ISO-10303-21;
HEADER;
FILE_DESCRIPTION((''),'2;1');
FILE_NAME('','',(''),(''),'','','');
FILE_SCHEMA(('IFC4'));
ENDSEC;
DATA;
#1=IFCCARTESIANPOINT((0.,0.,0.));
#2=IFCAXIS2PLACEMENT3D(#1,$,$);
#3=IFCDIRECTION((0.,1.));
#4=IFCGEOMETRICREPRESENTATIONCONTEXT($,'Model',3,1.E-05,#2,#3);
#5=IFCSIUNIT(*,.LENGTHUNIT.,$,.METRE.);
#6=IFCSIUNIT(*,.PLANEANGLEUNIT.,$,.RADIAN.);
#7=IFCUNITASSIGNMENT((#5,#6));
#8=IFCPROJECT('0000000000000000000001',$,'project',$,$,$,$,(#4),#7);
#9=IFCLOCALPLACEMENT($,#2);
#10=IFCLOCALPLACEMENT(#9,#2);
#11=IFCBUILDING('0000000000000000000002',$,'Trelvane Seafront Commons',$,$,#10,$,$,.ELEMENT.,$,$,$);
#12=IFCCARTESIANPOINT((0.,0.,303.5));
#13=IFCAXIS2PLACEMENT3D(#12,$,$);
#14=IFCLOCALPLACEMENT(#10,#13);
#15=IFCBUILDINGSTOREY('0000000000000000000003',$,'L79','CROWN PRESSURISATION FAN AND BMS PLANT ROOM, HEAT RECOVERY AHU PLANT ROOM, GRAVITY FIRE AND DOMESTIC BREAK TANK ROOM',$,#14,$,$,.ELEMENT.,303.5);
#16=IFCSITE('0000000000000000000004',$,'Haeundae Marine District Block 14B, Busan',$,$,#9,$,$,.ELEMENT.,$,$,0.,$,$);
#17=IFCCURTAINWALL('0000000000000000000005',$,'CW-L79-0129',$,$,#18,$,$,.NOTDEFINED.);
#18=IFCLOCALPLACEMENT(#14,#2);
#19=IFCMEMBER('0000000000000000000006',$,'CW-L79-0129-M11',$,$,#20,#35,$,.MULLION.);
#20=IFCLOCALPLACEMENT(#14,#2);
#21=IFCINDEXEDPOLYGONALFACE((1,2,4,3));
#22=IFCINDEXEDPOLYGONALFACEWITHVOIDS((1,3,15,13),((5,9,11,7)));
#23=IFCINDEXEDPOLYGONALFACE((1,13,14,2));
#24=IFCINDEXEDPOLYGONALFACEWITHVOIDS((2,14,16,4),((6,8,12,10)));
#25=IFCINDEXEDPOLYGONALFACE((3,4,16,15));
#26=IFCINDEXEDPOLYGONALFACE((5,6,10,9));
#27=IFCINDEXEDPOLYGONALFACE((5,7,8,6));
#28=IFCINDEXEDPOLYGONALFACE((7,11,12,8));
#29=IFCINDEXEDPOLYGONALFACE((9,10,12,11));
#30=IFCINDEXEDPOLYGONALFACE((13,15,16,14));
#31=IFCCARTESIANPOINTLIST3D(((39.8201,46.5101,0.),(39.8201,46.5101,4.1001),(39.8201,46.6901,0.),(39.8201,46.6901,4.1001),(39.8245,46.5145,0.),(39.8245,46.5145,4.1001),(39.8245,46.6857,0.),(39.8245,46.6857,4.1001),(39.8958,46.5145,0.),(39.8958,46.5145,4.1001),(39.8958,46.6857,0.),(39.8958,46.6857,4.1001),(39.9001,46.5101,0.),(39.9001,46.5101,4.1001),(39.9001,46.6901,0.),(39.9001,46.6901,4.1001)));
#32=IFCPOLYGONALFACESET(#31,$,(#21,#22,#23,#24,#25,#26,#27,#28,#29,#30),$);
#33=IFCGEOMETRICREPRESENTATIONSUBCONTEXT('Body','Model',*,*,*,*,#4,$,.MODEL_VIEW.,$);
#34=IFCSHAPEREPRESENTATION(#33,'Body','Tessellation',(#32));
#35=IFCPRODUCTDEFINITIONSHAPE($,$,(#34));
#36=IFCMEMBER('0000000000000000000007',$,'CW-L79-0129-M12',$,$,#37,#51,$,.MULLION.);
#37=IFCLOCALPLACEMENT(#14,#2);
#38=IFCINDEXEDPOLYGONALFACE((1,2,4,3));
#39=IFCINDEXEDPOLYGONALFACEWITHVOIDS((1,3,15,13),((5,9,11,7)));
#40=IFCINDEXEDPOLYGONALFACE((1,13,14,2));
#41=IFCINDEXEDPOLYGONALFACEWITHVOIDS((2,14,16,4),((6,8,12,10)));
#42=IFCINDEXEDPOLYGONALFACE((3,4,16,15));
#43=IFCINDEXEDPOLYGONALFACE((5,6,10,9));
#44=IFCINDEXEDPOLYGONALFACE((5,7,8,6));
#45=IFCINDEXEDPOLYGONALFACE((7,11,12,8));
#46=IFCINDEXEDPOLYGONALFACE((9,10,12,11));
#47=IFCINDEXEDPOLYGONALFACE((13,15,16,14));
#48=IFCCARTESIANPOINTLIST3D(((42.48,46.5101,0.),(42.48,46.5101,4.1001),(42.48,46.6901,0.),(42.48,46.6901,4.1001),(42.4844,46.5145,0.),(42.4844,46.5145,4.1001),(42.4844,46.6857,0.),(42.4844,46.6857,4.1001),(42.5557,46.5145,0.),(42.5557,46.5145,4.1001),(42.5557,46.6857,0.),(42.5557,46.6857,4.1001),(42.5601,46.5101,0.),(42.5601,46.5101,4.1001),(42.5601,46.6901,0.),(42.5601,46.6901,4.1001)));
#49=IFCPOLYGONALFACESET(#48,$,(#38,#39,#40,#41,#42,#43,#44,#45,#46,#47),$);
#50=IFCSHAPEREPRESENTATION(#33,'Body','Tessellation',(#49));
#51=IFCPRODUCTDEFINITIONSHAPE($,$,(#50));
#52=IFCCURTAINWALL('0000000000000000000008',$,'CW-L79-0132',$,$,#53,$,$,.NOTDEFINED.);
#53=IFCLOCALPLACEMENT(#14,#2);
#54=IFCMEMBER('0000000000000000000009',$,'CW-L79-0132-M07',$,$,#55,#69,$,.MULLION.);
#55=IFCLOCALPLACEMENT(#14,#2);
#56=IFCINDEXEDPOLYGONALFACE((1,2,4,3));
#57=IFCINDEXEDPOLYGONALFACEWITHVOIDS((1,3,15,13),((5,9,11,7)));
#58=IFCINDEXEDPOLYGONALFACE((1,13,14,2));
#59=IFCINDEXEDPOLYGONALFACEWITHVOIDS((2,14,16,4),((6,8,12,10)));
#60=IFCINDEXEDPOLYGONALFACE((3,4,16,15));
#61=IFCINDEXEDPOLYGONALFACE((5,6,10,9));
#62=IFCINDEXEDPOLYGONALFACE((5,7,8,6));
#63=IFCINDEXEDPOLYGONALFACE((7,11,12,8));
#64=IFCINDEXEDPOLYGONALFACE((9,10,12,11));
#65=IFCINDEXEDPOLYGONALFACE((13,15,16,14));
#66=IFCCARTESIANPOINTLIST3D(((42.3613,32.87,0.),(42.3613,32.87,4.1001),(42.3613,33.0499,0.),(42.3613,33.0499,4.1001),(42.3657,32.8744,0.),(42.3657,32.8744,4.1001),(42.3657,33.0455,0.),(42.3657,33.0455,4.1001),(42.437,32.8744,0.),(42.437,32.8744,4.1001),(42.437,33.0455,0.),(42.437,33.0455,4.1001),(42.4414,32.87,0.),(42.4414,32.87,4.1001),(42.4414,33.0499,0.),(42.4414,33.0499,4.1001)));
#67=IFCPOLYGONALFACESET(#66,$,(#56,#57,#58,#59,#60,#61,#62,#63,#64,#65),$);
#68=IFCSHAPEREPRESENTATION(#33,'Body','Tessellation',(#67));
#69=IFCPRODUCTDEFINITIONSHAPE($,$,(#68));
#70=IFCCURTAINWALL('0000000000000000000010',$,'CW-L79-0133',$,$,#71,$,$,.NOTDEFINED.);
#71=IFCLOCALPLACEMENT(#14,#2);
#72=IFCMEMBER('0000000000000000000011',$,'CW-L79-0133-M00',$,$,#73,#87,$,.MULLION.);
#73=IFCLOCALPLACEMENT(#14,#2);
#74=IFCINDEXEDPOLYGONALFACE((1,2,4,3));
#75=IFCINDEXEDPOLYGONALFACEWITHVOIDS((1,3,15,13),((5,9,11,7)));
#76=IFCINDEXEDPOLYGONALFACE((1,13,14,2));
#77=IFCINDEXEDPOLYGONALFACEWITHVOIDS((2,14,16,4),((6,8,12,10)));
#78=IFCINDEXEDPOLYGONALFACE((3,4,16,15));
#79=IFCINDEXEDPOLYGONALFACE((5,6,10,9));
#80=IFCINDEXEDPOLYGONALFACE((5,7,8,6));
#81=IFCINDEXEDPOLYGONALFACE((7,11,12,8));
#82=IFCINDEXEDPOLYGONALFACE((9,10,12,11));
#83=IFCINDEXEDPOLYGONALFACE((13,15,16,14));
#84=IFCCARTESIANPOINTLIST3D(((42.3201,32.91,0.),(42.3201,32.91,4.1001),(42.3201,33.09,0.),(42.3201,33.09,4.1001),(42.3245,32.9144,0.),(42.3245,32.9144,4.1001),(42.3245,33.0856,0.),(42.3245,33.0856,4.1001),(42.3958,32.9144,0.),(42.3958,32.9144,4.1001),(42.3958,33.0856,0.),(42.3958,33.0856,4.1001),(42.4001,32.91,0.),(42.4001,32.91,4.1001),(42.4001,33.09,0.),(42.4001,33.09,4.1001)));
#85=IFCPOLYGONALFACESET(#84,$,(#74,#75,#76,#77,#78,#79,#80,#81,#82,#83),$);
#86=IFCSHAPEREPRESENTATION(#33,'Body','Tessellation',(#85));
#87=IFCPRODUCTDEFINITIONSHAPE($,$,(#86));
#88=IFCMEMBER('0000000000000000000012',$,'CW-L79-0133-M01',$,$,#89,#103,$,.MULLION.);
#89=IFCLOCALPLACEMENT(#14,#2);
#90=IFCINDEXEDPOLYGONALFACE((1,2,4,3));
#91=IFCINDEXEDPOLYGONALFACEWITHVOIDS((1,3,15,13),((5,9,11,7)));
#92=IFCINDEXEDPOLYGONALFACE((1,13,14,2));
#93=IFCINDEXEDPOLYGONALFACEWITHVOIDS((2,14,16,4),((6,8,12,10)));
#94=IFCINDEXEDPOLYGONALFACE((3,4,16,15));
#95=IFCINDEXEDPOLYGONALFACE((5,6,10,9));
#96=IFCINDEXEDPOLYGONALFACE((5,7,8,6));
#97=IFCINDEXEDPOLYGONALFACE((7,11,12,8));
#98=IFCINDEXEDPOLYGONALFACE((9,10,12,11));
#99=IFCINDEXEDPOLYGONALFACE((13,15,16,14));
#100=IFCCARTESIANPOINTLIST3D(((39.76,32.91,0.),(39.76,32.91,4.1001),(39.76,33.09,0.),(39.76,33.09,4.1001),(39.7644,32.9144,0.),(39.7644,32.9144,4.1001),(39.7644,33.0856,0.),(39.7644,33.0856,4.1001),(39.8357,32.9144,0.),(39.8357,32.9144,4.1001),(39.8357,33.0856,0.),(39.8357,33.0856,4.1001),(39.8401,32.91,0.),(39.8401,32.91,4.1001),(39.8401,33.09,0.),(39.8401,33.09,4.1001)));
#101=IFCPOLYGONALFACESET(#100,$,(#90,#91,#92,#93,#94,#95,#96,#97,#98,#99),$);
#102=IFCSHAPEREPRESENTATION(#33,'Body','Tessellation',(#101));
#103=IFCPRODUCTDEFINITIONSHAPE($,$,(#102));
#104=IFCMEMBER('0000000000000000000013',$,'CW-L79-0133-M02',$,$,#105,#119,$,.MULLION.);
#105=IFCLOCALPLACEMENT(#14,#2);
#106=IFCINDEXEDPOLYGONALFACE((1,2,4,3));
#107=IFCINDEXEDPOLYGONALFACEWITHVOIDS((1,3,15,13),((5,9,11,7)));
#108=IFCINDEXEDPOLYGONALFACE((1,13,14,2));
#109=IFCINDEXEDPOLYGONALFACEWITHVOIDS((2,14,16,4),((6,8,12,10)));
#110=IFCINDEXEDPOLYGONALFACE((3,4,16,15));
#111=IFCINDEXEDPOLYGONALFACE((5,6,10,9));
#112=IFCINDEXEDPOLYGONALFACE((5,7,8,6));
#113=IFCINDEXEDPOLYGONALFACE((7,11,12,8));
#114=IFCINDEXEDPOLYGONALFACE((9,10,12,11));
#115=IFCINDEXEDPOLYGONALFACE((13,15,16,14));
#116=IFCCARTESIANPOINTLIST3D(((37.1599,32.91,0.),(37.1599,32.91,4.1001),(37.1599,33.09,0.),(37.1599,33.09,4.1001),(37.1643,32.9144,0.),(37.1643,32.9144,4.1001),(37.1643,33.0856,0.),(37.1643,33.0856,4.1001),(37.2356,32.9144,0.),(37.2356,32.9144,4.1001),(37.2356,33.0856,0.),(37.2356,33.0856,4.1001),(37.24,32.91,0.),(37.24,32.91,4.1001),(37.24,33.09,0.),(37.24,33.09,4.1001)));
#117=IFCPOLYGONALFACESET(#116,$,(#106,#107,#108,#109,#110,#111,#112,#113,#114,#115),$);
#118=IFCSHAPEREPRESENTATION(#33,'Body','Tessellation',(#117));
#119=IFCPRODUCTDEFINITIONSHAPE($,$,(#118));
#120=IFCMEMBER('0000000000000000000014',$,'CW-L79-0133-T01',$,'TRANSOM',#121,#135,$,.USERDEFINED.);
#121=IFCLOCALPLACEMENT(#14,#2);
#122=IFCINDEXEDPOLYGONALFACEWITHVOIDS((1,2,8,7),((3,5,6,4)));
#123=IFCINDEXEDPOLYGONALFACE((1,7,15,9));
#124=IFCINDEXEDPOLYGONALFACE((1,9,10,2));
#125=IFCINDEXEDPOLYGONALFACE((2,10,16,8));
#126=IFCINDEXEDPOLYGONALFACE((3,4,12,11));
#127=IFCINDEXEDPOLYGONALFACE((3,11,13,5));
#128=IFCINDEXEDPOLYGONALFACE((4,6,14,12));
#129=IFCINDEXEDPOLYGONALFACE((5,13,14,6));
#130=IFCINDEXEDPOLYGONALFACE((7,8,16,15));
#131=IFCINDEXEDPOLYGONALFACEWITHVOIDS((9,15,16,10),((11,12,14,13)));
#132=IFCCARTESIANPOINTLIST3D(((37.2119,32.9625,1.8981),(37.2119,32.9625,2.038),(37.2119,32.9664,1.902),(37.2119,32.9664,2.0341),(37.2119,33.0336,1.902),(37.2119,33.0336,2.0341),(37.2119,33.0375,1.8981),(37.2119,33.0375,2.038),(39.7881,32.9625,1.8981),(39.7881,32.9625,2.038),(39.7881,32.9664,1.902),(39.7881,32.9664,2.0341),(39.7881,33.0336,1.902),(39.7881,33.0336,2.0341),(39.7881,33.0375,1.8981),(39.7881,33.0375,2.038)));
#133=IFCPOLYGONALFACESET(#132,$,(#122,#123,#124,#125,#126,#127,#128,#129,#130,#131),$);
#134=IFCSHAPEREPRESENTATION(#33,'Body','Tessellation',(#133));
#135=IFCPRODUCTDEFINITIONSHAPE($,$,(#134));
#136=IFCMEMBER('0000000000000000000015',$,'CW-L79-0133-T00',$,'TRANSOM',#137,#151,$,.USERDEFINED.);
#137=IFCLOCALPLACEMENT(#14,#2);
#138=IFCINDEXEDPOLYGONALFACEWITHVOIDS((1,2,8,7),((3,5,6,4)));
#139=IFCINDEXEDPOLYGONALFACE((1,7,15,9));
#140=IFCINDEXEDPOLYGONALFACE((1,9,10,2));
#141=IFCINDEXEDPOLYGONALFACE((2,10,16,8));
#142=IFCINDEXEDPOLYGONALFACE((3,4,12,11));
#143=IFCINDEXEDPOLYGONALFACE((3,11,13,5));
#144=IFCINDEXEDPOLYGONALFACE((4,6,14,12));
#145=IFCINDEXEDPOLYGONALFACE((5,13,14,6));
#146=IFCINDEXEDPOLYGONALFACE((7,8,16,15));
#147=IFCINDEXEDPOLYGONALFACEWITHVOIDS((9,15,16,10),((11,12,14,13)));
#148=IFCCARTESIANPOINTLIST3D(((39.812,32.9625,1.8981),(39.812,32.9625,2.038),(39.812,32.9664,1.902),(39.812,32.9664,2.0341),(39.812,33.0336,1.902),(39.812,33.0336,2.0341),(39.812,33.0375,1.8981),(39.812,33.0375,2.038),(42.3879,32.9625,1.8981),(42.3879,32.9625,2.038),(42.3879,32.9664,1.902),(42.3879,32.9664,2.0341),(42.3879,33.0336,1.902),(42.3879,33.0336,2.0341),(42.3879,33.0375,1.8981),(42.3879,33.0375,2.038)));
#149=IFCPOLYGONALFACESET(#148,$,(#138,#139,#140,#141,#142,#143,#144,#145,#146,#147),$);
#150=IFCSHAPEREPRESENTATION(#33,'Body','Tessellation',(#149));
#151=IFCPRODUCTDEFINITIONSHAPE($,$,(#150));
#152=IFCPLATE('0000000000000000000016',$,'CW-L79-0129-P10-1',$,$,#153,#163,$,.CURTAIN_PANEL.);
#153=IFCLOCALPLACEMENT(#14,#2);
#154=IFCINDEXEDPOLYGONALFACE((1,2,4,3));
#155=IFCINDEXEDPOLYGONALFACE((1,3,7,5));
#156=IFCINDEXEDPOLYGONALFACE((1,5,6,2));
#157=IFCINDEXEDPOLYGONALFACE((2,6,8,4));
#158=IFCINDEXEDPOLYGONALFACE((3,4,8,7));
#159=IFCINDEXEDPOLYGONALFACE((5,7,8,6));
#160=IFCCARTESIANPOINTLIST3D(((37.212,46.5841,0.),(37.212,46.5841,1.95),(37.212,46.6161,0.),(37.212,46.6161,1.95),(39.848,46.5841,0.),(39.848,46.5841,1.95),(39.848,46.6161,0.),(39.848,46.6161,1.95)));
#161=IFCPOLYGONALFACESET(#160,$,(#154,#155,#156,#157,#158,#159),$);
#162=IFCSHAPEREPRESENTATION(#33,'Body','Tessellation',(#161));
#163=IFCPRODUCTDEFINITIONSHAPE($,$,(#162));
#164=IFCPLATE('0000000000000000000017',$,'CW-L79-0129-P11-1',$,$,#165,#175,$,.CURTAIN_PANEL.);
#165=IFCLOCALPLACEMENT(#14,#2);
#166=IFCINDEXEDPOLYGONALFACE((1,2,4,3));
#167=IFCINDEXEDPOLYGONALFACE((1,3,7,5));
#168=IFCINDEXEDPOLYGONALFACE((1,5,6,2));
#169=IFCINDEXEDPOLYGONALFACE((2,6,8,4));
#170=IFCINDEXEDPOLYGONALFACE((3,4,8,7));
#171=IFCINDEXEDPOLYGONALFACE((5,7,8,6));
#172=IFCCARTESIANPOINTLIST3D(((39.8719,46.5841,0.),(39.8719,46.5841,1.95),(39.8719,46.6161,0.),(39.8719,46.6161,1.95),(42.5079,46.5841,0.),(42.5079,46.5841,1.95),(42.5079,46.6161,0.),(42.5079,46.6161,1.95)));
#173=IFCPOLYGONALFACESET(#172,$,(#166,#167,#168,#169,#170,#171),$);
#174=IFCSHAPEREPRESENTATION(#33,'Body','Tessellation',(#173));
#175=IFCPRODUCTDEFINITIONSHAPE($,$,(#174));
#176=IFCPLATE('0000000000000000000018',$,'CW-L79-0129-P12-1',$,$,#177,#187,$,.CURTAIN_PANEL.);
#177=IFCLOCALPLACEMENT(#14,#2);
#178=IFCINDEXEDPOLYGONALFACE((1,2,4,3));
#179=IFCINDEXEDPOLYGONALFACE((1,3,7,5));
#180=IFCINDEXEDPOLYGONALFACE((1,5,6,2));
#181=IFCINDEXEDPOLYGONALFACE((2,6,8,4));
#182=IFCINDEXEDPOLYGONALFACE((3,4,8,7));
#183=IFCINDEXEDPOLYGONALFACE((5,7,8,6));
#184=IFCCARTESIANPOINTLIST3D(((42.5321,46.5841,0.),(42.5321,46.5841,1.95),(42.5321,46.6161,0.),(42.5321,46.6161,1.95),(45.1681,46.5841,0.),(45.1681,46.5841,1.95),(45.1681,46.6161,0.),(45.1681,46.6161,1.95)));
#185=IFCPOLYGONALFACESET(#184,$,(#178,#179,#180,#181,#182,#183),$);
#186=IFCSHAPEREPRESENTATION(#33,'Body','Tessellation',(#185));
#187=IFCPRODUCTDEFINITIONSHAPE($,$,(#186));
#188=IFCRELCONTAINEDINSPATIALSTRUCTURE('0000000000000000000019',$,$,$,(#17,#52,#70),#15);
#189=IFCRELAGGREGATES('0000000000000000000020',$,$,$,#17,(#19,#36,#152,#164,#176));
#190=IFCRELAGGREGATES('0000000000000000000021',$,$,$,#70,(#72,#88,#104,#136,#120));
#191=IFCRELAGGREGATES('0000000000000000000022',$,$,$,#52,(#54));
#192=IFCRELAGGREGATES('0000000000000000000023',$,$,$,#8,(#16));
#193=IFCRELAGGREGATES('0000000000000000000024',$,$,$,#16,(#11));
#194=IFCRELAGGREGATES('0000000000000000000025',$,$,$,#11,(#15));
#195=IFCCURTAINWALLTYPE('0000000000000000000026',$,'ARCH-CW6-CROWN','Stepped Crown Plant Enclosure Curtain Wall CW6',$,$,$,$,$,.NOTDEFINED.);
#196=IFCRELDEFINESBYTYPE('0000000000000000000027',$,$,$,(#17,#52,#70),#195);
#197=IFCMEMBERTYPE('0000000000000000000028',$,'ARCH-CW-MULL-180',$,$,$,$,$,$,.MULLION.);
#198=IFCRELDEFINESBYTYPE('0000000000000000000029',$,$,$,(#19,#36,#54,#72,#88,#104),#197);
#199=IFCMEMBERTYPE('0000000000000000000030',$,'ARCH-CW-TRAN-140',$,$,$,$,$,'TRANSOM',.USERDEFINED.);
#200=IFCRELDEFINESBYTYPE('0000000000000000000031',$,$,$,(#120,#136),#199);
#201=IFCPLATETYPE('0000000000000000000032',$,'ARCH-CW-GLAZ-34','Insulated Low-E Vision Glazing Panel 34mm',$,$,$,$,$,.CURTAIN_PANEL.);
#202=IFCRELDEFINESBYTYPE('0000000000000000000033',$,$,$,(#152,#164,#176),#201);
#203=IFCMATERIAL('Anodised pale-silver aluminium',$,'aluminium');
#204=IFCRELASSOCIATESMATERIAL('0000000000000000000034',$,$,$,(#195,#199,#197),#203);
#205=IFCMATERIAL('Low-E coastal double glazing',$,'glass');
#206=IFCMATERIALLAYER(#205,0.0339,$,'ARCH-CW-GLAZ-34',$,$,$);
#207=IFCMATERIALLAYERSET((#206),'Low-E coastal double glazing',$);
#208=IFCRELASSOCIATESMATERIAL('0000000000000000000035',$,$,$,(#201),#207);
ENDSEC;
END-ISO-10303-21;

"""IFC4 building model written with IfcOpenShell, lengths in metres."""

from ifc_helpers import new_model, si_unit, direction, frame, origin, origin_2d, place, context, subcontext, project, spatial, rectangle, hollow_rectangle, extrude, source, transform, mapped, material, layer, layer_set, material_profile, profile_set, type_object, element, aggregate, save


model = new_model("IFC4")

# Units and contexts
model_context = context("Model", 3, precision=1e-05, world=origin(), true_north=direction((0.0, 1.0)))
body_context = subcontext(model_context, "Body", "Model", "MODEL_VIEW")
ifc_project = project(units=[si_unit("LENGTHUNIT", "METRE"), si_unit("PLANEANGLEUNIT", "RADIAN")], contexts=[model_context])

# Site, building, storey
site_placement = place(None, origin())
site = spatial("IfcSite", under=ifc_project, at=site_placement, Name="Haeundae Marine District Block 14B, Busan", CompositionType="ELEMENT", RefElevation=0.0)
building_placement = place(site_placement, origin())
building = spatial("IfcBuilding", under=site, at=building_placement, Name="Trelvane Seafront Commons", CompositionType="ELEMENT")
storey_placement = place(building_placement, frame((0.0, 0.0, 303.5)))
storey = spatial("IfcBuildingStorey", under=building, at=storey_placement, Name="L79", Description="CROWN PRESSURISATION FAN AND BMS PLANT ROOM, HEAT RECOVERY AHU PLANT ROOM, GRAVITY FIRE AND DOMESTIC BREAK TANK ROOM", CompositionType="ELEMENT", Elevation=303.5)

# Curtain wall, members
ifc_material_1 = material(Name="Anodised pale-silver aluminium", Category="aluminium")
curtain_wall_type = type_object("IfcCurtainWallType", Name="ARCH-CW6-CROWN", Description="Stepped Crown Plant Enclosure Curtain Wall CW6", PredefinedType="NOTDEFINED", material=ifc_material_1)
curtain_wall_1_placement = place(storey_placement, origin())
curtain_wall_1 = element("IfcCurtainWall", 1, at=curtain_wall_1_placement, inside=storey, type_object=curtain_wall_type, Name="CW-L79-0129", PredefinedType="NOTDEFINED")
ifc_material_profile_1 = material_profile(ifc_material_1, hollow_rectangle(XDim=0.075, YDim=0.1399, WallThickness=0.0039, at=origin_2d()), Name="TRAN-75x140x4")
ifc_profile_set_1 = profile_set([ifc_material_profile_1], Name="Anodised pale-silver aluminium")
member_type_1 = type_object("IfcMemberType", Name="ARCH-CW-TRAN-140", ElementType="TRANSOM", PredefinedType="USERDEFINED", material=ifc_profile_set_1)
ifc_material_profile_2 = material_profile(ifc_material_1, hollow_rectangle(XDim=0.0801, YDim=0.1799, WallThickness=0.0044, at=origin_2d()), Name="MULL-80x180x4.5")
ifc_profile_set_2 = profile_set([ifc_material_profile_2], Name="Anodised pale-silver aluminium")
member_type_2 = type_object("IfcMemberType", Name="ARCH-CW-MULL-180", PredefinedType="MULLION", material=ifc_profile_set_2)
shared_shape_1 = source(origin(), body_context, "Body", "SweptSolid", [
    extrude(hollow_rectangle(XDim=0.0801, YDim=0.1799, WallThickness=0.0044, at=origin_2d()), origin(), (0.0, 0.0, 1.0), 4.1001),
])
member_1_placement = place(storey_placement, frame((39.8601, 46.6001, 0.0), z_axis=(0.0, 0.0, 1.0), x_axis=(1.0, 0.0, 0.0)))
member_1 = element("IfcMember", 2, at=member_1_placement, type_object=member_type_2, Name="CW-L79-0129-M11", PredefinedType="MULLION", context=body_context, shape_type="MappedRepresentation", body=[
    mapped(shared_shape_1, transform((0.0, 0.0, 0.0), x_axis=(1.0, 0.0, 0.0), y_axis=(0.0, 1.0, 0.0), z_axis=(0.0, 0.0, 1.0), scale=1.0)),
])
member_2_placement = place(storey_placement, frame((42.52, 46.6001, 0.0), z_axis=(0.0, 0.0, 1.0), x_axis=(1.0, 0.0, 0.0)))
member_2 = element("IfcMember", 3, at=member_2_placement, type_object=member_type_2, Name="CW-L79-0129-M12", PredefinedType="MULLION", context=body_context, shape_type="MappedRepresentation", body=[
    mapped(shared_shape_1, transform((0.0, 0.0, 0.0), x_axis=(1.0, 0.0, 0.0), y_axis=(0.0, 1.0, 0.0), z_axis=(0.0, 0.0, 1.0), scale=1.0)),
])

# Curtain wall, member
curtain_wall_2_placement = place(storey_placement, origin())
curtain_wall_2 = element("IfcCurtainWall", 4, at=curtain_wall_2_placement, inside=storey, type_object=curtain_wall_type, Name="CW-L79-0132", PredefinedType="NOTDEFINED")
member_3_placement = place(storey_placement, frame((42.4014, 32.96, 0.0), z_axis=(0.0, 0.0, 1.0), x_axis=(1.0, 0.0, 0.0)))
member_3 = element("IfcMember", 5, at=member_3_placement, type_object=member_type_2, Name="CW-L79-0132-M07", PredefinedType="MULLION", context=body_context, shape_type="MappedRepresentation", body=[
    mapped(shared_shape_1, transform((0.0, 0.0, 0.0), x_axis=(1.0, 0.0, 0.0), y_axis=(0.0, 1.0, 0.0), z_axis=(0.0, 0.0, 1.0), scale=1.0)),
])

# Curtain wall, members
curtain_wall_3_placement = place(storey_placement, origin())
curtain_wall_3 = element("IfcCurtainWall", 6, at=curtain_wall_3_placement, inside=storey, type_object=curtain_wall_type, Name="CW-L79-0133", PredefinedType="NOTDEFINED")
member_4_placement = place(storey_placement, frame((42.3601, 33.0, 0.0), z_axis=(0.0, 0.0, 1.0), x_axis=(1.0, 0.0, 0.0)))
member_4 = element("IfcMember", 7, at=member_4_placement, type_object=member_type_2, Name="CW-L79-0133-M00", PredefinedType="MULLION", context=body_context, shape_type="MappedRepresentation", body=[
    mapped(shared_shape_1, transform((0.0, 0.0, 0.0), x_axis=(1.0, 0.0, 0.0), y_axis=(0.0, 1.0, 0.0), z_axis=(0.0, 0.0, 1.0), scale=1.0)),
])
member_5_placement = place(storey_placement, frame((39.8, 33.0, 0.0), z_axis=(0.0, 0.0, 1.0), x_axis=(1.0, 0.0, 0.0)))
member_5 = element("IfcMember", 8, at=member_5_placement, type_object=member_type_2, Name="CW-L79-0133-M01", PredefinedType="MULLION", context=body_context, shape_type="MappedRepresentation", body=[
    mapped(shared_shape_1, transform((0.0, 0.0, 0.0), x_axis=(1.0, 0.0, 0.0), y_axis=(0.0, 1.0, 0.0), z_axis=(0.0, 0.0, 1.0), scale=1.0)),
])
member_6_placement = place(storey_placement, frame((37.2, 33.0, 0.0), z_axis=(0.0, 0.0, 1.0), x_axis=(1.0, 0.0, 0.0)))
member_6 = element("IfcMember", 9, at=member_6_placement, type_object=member_type_2, Name="CW-L79-0133-M02", PredefinedType="MULLION", context=body_context, shape_type="MappedRepresentation", body=[
    mapped(shared_shape_1, transform((0.0, 0.0, 0.0), x_axis=(1.0, 0.0, 0.0), y_axis=(0.0, 1.0, 0.0), z_axis=(0.0, 0.0, 1.0), scale=1.0)),
])
shared_shape_2 = source(origin(), body_context, "Body", "SweptSolid", [
    extrude(hollow_rectangle(XDim=0.075, YDim=0.1399, WallThickness=0.0039, at=origin_2d()), origin(), (0.0, 0.0, 1.0), 2.5762),
])
member_7_placement = place(storey_placement, frame((39.7881, 33.0, 1.968), z_axis=(-1.0, 0.0, 0.0), x_axis=(0.0, -1.0, 0.0)))
member_7 = element("IfcMember", 10, at=member_7_placement, type_object=member_type_1, Name="CW-L79-0133-T01", ObjectType="TRANSOM", PredefinedType="USERDEFINED", context=body_context, shape_type="MappedRepresentation", body=[
    mapped(shared_shape_2, transform((0.0, 0.0, 0.0), x_axis=(1.0, 0.0, 0.0), y_axis=(0.0, 1.0, 0.0), z_axis=(0.0, 0.0, 1.0), scale=1.0)),
])
shared_shape_3 = source(origin(), body_context, "Body", "SweptSolid", [
    extrude(hollow_rectangle(XDim=0.075, YDim=0.1399, WallThickness=0.0039, at=origin_2d()), origin(), (0.0, 0.0, 1.0), 2.5759),
])
member_8_placement = place(storey_placement, frame((42.3879, 33.0, 1.968), z_axis=(-1.0, 0.0, 0.0), x_axis=(0.0, -1.0, 0.0)))
member_8 = element("IfcMember", 11, at=member_8_placement, type_object=member_type_1, Name="CW-L79-0133-T00", ObjectType="TRANSOM", PredefinedType="USERDEFINED", context=body_context, shape_type="MappedRepresentation", body=[
    mapped(shared_shape_3, transform((0.0, 0.0, 0.0), x_axis=(1.0, 0.0, 0.0), y_axis=(0.0, 1.0, 0.0), z_axis=(0.0, 0.0, 1.0), scale=1.0)),
])

# Plates
ifc_material_2 = material(Name="Low-E coastal double glazing", Category="glass")
ifc_layer_1 = layer(ifc_material_2, 0.0339, Name="ARCH-CW-GLAZ-34")
ifc_layer_set_1 = layer_set([ifc_layer_1], Name="Low-E coastal double glazing")
plate_type_1 = type_object("IfcPlateType", Name="ARCH-CW-GLAZ-34", Description="Insulated Low-E Vision Glazing Panel 34mm", PredefinedType="CURTAIN_PANEL", material=ifc_layer_set_1)
shared_shape_4 = source(origin(), body_context, "Body", "SweptSolid", [
    extrude(rectangle(XDim=2.636, YDim=0.032, at=origin_2d()), origin(), (0.0, 0.0, 1.0), 1.95),
])
plate_1_placement = place(storey_placement, frame((38.53, 46.6001, 0.0), z_axis=(0.0, 0.0, 1.0), x_axis=(1.0, 0.0, 0.0)))
plate_1 = element("IfcPlate", 12, at=plate_1_placement, type_object=plate_type_1, Name="CW-L79-0129-P10-1", PredefinedType="CURTAIN_PANEL", context=body_context, shape_type="MappedRepresentation", body=[
    mapped(shared_shape_4, transform((0.0, 0.0, 0.0), x_axis=(1.0, 0.0, 0.0), y_axis=(0.0, 1.0, 0.0), z_axis=(0.0, 0.0, 1.0), scale=1.0)),
])
plate_2_placement = place(storey_placement, frame((41.1899, 46.6001, 0.0), z_axis=(0.0, 0.0, 1.0), x_axis=(1.0, 0.0, 0.0)))
plate_2 = element("IfcPlate", 13, at=plate_2_placement, type_object=plate_type_1, Name="CW-L79-0129-P11-1", PredefinedType="CURTAIN_PANEL", context=body_context, shape_type="MappedRepresentation", body=[
    mapped(shared_shape_4, transform((0.0, 0.0, 0.0), x_axis=(1.0, 0.0, 0.0), y_axis=(0.0, 1.0, 0.0), z_axis=(0.0, 0.0, 1.0), scale=1.0)),
])
plate_3_placement = place(storey_placement, frame((43.8501, 46.6001, 0.0), z_axis=(0.0, 0.0, 1.0), x_axis=(1.0, 0.0, 0.0)))
plate_3 = element("IfcPlate", 14, at=plate_3_placement, type_object=plate_type_1, Name="CW-L79-0129-P12-1", PredefinedType="CURTAIN_PANEL", context=body_context, shape_type="MappedRepresentation", body=[
    mapped(shared_shape_4, transform((0.0, 0.0, 0.0), x_axis=(1.0, 0.0, 0.0), y_axis=(0.0, 1.0, 0.0), z_axis=(0.0, 0.0, 1.0), scale=1.0)),
])
aggregate(curtain_wall_1, [member_1, member_2, plate_1, plate_2, plate_3])
aggregate(curtain_wall_3, [member_4, member_5, member_6, member_8, member_7])
aggregate(curtain_wall_2, [member_3])

save(model, "model.ifc")
